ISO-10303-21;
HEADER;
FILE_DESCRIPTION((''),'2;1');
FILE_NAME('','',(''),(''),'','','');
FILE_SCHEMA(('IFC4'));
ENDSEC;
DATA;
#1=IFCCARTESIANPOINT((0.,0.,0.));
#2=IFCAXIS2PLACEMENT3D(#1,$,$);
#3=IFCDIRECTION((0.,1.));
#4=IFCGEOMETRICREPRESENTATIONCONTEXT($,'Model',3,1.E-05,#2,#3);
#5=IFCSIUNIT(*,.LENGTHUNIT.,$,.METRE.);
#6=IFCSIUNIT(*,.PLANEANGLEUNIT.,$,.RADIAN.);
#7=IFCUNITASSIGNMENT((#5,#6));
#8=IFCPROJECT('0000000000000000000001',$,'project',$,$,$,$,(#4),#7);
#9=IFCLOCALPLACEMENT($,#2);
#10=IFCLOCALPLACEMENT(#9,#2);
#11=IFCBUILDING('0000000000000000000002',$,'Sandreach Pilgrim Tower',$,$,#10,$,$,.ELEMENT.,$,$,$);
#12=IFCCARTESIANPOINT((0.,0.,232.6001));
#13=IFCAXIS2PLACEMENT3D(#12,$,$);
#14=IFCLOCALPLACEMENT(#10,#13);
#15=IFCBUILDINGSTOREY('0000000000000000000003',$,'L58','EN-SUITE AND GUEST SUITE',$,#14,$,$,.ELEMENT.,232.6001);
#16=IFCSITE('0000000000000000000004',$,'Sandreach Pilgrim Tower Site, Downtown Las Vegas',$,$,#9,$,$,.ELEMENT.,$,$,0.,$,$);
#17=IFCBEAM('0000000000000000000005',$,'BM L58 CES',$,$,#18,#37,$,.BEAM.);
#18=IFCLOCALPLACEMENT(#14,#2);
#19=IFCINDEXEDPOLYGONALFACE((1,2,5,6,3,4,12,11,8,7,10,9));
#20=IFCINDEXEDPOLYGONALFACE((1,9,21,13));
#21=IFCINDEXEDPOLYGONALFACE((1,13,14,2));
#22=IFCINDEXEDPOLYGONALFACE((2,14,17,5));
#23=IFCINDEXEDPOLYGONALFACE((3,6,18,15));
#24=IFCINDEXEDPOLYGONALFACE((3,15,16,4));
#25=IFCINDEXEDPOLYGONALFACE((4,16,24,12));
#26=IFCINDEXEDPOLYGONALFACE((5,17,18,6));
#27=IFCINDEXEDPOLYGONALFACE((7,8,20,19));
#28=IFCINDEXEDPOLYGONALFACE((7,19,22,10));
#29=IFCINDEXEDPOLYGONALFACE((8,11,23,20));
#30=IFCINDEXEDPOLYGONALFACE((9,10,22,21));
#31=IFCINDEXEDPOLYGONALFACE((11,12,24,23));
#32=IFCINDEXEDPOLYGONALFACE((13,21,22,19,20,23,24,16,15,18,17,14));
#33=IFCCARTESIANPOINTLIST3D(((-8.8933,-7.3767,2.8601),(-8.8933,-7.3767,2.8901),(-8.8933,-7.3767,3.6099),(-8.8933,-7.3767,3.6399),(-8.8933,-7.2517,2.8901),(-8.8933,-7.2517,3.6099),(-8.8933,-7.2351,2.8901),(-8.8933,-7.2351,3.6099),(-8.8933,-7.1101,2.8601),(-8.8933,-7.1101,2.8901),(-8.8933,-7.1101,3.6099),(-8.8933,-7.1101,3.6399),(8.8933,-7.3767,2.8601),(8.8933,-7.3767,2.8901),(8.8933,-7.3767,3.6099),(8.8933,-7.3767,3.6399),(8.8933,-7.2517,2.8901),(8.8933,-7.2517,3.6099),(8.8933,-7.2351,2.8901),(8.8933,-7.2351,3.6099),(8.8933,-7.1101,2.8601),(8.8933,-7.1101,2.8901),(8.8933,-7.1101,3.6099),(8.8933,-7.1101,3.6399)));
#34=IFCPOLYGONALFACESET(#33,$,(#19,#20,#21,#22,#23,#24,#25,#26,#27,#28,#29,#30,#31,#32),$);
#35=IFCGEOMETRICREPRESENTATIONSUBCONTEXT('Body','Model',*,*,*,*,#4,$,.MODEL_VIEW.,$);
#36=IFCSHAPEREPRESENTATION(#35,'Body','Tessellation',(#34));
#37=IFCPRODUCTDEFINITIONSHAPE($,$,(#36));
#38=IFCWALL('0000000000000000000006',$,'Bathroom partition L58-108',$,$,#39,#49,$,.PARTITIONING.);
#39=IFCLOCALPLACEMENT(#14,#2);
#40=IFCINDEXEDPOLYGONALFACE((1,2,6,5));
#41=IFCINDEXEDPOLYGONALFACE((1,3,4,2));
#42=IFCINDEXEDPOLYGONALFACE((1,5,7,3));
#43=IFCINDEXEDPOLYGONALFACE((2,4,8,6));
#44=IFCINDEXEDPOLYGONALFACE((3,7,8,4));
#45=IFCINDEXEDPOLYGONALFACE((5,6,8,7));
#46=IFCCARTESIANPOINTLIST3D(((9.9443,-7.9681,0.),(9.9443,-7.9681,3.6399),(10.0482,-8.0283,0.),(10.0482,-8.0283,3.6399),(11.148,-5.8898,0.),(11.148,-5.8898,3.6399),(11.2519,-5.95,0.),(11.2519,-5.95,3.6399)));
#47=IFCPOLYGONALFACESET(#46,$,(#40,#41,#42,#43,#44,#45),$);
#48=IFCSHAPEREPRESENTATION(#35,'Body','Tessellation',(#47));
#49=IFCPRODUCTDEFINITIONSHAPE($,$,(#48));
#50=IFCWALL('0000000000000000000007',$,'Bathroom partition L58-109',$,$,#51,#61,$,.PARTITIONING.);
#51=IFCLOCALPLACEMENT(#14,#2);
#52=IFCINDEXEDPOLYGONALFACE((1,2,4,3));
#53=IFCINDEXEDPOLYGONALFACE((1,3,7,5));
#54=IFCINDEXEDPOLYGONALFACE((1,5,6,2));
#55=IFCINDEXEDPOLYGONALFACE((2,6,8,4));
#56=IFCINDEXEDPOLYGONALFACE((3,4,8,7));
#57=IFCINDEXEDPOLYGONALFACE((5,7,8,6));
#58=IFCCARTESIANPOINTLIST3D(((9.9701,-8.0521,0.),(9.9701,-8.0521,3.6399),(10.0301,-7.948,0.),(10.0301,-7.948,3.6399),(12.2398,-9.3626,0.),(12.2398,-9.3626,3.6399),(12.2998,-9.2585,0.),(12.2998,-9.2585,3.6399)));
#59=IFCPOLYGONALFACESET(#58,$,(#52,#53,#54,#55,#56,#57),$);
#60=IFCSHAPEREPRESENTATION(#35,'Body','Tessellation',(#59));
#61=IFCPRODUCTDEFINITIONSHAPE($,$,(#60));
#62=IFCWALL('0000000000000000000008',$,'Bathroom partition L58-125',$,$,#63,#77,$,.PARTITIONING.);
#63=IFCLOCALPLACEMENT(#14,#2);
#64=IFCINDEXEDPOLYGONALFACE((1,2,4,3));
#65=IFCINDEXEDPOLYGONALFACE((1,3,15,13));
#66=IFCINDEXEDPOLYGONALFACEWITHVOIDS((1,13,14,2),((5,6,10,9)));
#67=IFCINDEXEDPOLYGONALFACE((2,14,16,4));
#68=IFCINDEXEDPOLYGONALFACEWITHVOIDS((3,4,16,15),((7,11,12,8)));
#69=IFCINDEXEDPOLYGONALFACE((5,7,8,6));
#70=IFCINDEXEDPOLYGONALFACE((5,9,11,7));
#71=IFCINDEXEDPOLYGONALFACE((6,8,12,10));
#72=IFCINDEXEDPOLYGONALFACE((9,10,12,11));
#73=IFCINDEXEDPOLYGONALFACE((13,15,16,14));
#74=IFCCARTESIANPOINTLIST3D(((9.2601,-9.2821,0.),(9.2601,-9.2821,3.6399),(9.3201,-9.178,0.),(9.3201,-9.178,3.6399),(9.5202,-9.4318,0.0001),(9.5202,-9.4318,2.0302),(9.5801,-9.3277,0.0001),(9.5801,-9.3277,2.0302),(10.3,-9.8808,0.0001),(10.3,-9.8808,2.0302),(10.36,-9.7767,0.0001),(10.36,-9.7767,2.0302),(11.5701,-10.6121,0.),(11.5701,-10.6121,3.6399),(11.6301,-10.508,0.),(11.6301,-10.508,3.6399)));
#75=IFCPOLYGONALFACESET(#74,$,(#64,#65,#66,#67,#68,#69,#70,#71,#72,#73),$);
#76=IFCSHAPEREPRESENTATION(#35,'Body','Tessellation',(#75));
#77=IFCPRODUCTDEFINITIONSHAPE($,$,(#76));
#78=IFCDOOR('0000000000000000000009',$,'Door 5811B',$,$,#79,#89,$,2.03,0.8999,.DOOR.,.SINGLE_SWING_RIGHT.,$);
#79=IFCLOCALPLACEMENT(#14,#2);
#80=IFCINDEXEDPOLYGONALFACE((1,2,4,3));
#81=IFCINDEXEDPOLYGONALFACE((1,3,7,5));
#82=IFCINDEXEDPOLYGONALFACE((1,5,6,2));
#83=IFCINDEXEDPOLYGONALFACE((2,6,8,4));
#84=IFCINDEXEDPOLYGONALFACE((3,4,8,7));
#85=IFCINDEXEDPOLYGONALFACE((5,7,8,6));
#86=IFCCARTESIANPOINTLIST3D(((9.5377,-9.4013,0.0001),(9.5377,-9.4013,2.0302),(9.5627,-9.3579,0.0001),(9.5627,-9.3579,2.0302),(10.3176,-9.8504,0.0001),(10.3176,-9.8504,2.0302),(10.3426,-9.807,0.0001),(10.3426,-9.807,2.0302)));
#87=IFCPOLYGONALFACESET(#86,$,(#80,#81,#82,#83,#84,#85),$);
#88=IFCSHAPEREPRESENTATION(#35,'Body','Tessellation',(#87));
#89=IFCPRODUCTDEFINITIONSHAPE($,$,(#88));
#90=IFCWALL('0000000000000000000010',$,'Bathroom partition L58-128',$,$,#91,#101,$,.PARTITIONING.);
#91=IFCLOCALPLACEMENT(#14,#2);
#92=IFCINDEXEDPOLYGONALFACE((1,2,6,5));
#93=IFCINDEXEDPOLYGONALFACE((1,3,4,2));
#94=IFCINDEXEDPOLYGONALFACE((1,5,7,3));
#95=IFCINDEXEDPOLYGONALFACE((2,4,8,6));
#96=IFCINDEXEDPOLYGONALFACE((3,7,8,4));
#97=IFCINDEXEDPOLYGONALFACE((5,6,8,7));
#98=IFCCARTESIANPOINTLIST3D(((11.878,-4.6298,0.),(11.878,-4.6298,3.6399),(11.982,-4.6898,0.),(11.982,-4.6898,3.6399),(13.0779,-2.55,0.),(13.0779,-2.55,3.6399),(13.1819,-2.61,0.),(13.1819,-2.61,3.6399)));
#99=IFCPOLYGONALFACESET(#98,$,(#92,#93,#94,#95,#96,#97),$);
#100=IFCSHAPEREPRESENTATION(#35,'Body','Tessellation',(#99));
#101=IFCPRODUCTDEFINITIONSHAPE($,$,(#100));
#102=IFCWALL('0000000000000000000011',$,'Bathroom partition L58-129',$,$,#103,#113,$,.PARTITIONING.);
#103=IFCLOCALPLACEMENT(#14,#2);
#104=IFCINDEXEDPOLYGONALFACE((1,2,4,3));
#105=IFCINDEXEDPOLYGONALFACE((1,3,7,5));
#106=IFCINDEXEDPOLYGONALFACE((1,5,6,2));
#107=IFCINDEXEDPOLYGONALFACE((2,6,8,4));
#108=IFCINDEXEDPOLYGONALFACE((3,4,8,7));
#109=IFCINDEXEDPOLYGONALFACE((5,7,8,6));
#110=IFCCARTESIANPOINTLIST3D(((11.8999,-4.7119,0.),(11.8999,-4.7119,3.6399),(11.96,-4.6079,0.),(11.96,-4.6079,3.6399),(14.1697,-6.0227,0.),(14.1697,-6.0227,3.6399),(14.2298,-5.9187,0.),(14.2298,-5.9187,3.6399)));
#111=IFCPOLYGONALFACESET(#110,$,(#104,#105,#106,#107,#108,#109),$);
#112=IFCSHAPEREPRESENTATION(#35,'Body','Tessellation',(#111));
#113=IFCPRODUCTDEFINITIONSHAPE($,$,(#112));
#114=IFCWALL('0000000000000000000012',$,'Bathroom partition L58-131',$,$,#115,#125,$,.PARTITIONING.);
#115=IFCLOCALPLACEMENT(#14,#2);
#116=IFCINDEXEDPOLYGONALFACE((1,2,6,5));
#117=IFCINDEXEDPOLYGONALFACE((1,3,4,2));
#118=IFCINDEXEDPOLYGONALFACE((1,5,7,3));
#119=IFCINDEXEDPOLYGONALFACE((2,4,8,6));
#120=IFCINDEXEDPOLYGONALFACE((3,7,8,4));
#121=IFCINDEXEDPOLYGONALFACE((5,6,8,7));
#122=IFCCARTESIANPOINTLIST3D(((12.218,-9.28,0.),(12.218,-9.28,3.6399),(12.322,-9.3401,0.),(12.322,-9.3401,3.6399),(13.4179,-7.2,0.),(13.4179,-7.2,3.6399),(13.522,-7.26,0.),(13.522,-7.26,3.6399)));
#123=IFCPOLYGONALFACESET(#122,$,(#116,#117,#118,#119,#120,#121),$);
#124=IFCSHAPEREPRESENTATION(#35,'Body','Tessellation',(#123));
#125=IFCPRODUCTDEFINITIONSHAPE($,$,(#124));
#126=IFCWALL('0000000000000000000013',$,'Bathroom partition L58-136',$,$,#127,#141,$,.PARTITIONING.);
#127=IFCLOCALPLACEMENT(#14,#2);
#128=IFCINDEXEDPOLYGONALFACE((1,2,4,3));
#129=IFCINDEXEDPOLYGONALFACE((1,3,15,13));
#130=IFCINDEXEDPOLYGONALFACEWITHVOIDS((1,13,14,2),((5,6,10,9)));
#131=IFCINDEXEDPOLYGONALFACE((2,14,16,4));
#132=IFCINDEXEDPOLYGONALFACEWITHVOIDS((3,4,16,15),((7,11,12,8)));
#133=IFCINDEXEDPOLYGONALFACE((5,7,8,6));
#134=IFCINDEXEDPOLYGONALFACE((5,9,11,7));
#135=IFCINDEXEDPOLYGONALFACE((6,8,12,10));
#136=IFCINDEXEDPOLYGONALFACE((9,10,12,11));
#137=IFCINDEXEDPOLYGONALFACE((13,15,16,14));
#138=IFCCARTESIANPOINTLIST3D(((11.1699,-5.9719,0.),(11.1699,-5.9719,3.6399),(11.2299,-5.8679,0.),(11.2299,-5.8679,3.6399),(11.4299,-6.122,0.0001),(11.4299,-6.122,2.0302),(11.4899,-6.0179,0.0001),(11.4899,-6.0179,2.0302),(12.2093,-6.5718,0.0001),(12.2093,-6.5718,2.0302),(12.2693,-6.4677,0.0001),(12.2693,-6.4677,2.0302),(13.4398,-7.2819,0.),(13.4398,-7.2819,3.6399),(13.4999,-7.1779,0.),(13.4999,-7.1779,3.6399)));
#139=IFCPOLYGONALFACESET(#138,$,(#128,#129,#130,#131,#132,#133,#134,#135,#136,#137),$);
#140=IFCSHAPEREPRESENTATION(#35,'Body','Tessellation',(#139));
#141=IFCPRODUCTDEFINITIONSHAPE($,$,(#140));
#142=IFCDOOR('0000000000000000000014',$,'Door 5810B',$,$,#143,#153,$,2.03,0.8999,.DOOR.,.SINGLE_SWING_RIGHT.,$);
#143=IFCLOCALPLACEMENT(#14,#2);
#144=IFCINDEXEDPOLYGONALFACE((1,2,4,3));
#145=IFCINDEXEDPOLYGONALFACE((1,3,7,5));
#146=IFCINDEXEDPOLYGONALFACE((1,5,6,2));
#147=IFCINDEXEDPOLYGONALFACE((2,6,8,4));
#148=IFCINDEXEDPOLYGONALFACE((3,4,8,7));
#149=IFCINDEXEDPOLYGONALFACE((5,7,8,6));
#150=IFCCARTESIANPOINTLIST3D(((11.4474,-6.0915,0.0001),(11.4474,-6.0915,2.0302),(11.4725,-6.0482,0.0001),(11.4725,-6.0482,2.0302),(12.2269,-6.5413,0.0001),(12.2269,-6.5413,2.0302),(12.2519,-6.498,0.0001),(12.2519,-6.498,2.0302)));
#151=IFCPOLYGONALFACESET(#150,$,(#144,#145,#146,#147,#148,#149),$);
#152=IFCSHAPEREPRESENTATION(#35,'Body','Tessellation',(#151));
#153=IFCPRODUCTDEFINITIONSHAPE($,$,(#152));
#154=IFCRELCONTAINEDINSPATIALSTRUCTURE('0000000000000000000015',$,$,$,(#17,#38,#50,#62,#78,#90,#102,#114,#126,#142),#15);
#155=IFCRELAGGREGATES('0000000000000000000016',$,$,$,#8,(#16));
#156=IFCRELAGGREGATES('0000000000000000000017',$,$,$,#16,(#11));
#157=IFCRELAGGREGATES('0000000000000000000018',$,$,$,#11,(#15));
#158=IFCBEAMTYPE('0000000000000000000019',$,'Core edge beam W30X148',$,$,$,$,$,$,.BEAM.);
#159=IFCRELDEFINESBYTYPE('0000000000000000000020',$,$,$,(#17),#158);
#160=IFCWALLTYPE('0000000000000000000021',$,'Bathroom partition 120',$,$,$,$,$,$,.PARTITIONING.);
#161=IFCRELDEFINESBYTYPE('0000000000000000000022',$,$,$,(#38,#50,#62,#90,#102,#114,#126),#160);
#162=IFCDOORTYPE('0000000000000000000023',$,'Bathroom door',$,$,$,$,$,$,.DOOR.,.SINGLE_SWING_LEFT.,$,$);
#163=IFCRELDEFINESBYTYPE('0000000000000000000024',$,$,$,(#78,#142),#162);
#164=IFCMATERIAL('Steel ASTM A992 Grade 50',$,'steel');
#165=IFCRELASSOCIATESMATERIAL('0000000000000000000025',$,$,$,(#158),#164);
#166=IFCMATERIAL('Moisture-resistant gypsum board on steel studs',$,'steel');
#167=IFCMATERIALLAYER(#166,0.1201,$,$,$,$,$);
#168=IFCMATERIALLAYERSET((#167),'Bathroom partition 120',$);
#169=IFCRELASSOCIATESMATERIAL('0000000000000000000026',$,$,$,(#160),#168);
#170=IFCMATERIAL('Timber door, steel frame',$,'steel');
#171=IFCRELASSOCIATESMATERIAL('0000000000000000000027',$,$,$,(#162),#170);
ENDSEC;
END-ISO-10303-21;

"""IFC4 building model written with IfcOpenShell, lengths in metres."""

from ifc_helpers import new_model, si_unit, direction, frame, frame_2d, origin, origin_2d, place, context, subcontext, project, spatial, rectangle, i_section, extrude, material, layer, layer_set, material_profile, profile_set, type_object, element, fill, save


model = new_model("IFC4")

# Units and contexts
model_context = context("Model", 3, precision=1e-05, world=origin(), true_north=direction((0.0, 1.0)))
body_context = subcontext(model_context, "Body", "Model", "MODEL_VIEW")
ifc_project = project(units=[si_unit("LENGTHUNIT", "METRE"), si_unit("PLANEANGLEUNIT", "RADIAN")], contexts=[model_context])

# Site, building, storey
site_placement = place(None, origin())
site = spatial("IfcSite", under=ifc_project, at=site_placement, Name="Sandreach Pilgrim Tower Site, Downtown Las Vegas", CompositionType="ELEMENT", RefElevation=0.0)
building_placement = place(site_placement, origin())
building = spatial("IfcBuilding", under=site, at=building_placement, Name="Sandreach Pilgrim Tower", CompositionType="ELEMENT")
storey_placement = place(building_placement, frame((0.0, 0.0, 232.6001)))
storey = spatial("IfcBuildingStorey", under=building, at=storey_placement, Name="L58", Description="EN-SUITE AND GUEST SUITE", CompositionType="ELEMENT", Elevation=232.6001)

# Beam
ifc_material_1 = material(Name="Steel ASTM A992 Grade 50", Category="steel")
ifc_material_profile = material_profile(ifc_material_1, i_section(OverallWidth=0.2666, OverallDepth=0.7798, WebThickness=0.0166, FlangeThickness=0.03, at=origin_2d()), Name="W30X148")
ifc_profile_set = profile_set([ifc_material_profile], Name="Steel ASTM A992 Grade 50")
beam_type = type_object("IfcBeamType", Name="Core edge beam W30X148", PredefinedType="BEAM", material=ifc_profile_set)
beam_placement = place(storey_placement, frame((8.8933, -7.2434, 3.25), z_axis=(-1.0, 0.0, 0.0), x_axis=(0.0, -1.0, 0.0)))
element("IfcBeam", 1, at=beam_placement, inside=storey, type_object=beam_type, Name="BM L58 CES", PredefinedType="BEAM", context=body_context, shape_type="SweptSolid", body=[
    extrude(i_section(OverallWidth=0.2666, OverallDepth=0.7798, WebThickness=0.0166, FlangeThickness=0.03, at=origin_2d()), origin(), (0.0, 0.0, 1.0), 17.7866),
])

# Walls
ifc_material_2 = material(Name="Moisture-resistant gypsum board on steel studs", Category="steel")
ifc_layer_1 = layer(ifc_material_2, 0.1201)
ifc_layer_set_1 = layer_set([ifc_layer_1], Name="Bathroom partition 120")
wall_type_1 = type_object("IfcWallType", Name="Bathroom partition 120", PredefinedType="PARTITIONING", material=ifc_layer_set_1)
wall_1_placement = place(storey_placement, frame((9.9963, -7.998, 0.0), z_axis=(0.0, 0.0, 1.0), x_axis=(0.501189, 0.865338, 0.0)))
element("IfcWall", 2, at=wall_1_placement, inside=storey, type_object=wall_type_1, Name="Bathroom partition L58-108", PredefinedType="PARTITIONING", context=body_context, shape_type="SweptSolid", body=[
    extrude(rectangle(XDim=2.4016, YDim=0.1201, at=frame_2d((1.2007, 0.0))), origin(), (0.0, 0.0, 1.0), 3.6399),
])
wall_2_placement = place(storey_placement, frame((10.0, -8.0, 0.0), z_axis=(0.0, 0.0, 1.0), x_axis=(0.86601, -0.500026, 0.0)))
element("IfcWall", 3, at=wall_2_placement, inside=storey, type_object=wall_type_1, Name="Bathroom partition L58-109", PredefinedType="PARTITIONING", context=body_context, shape_type="SweptSolid", body=[
    extrude(rectangle(XDim=2.6208, YDim=0.1201, at=frame_2d((1.3105, 0.0))), origin(), (0.0, 0.0, 1.0), 3.6399),
])

# Wall, opening, door
wall_3_placement = place(storey_placement, frame((11.6001, -10.5601, 0.0), z_axis=(0.0, 0.0, 1.0), x_axis=(-0.866615, 0.498977, 0.0)))
wall_3 = element("IfcWall", 4, at=wall_3_placement, inside=storey, type_object=wall_type_1, Name="Bathroom partition L58-125", PredefinedType="PARTITIONING", context=body_context, shape_type="SweptSolid", body=[
    extrude(rectangle(XDim=2.6655, YDim=0.1201, at=frame_2d((1.3328, 0.0))), origin(), (0.0, 0.0, 1.0), 3.6399),
])
opening_1_placement = place(wall_3_placement, frame((1.4656, 0.0, 0.0)))
opening_1 = element("IfcOpeningElement", 5, at=opening_1_placement, cuts=wall_3, PredefinedType="OPENING", context=body_context, shape_type="SweptSolid", body=[
    extrude(rectangle(XDim=0.8999, YDim=2.03, at=frame_2d((0.45, 1.0151))), frame((0.0, 0.0601, 0.0), z_axis=(0.0, -1.0, 0.0), x_axis=(1.0, 0.0, 0.0)), (0.0, 0.0, 1.0), 0.1201),
])
ifc_material_3 = material(Name="Timber door, steel frame", Category="steel")
door_type_1 = type_object("IfcDoorType", Name="Bathroom door", OperationType="SINGLE_SWING_LEFT", PredefinedType="DOOR", material=ifc_material_3)
door_1_placement = place(opening_1_placement, origin())
door_1 = element("IfcDoor", 6, at=door_1_placement, inside=storey, type_object=door_type_1, Name="Door 5811B", OperationType="SINGLE_SWING_RIGHT", OverallHeight=2.03, OverallWidth=0.8999, PredefinedType="DOOR", context=body_context, shape_type="SweptSolid", body=[
    extrude(rectangle(XDim=0.8999, YDim=2.03, at=frame_2d((0.45, 1.0151))), frame((0.0, 0.0249, 0.0), z_axis=(0.0, -1.0, 0.0), x_axis=(1.0, 0.0, 0.0)), (0.0, 0.0, 1.0), 0.05),
])
fill(opening_1, door_1)

# Walls
wall_4_placement = place(storey_placement, frame((11.9299, -4.6599, 0.0), z_axis=(0.0, 0.0, 1.0), x_axis=(0.499737, 0.866177, 0.0)))
element("IfcWall", 7, at=wall_4_placement, inside=storey, type_object=wall_type_1, Name="Bathroom partition L58-128", PredefinedType="PARTITIONING", context=body_context, shape_type="SweptSolid", body=[
    extrude(rectangle(XDim=2.4011, YDim=0.1201, at=frame_2d((1.2007, 0.0))), origin(), (0.0, 0.0, 1.0), 3.6399),
])
wall_5_placement = place(storey_placement, frame((11.9299, -4.6599, 0.0), z_axis=(0.0, 0.0, 1.0), x_axis=(0.86597, -0.500096, 0.0)))
element("IfcWall", 8, at=wall_5_placement, inside=storey, type_object=wall_type_1, Name="Bathroom partition L58-129", PredefinedType="PARTITIONING", context=body_context, shape_type="SweptSolid", body=[
    extrude(rectangle(XDim=2.6211, YDim=0.1201, at=frame_2d((1.3105, 0.0))), origin(), (0.0, 0.0, 1.0), 3.6399),
])
wall_6_placement = place(storey_placement, frame((12.27, -9.3101, 0.0), z_axis=(0.0, 0.0, 1.0), x_axis=(0.499693, 0.866203, 0.0)))
element("IfcWall", 9, at=wall_6_placement, inside=storey, type_object=wall_type_1, Name="Bathroom partition L58-131", PredefinedType="PARTITIONING", context=body_context, shape_type="SweptSolid", body=[
    extrude(rectangle(XDim=2.4014, YDim=0.1201, at=frame_2d((1.2007, 0.0))), origin(), (0.0, 0.0, 1.0), 3.6399),
])

# Wall, opening, door
wall_7_placement = place(storey_placement, frame((13.47, -7.23, 0.0), z_axis=(0.0, 0.0, 1.0), x_axis=(-0.866114, 0.499846, 0.0)))
wall_7 = element("IfcWall", 10, at=wall_7_placement, inside=storey, type_object=wall_type_1, Name="Bathroom partition L58-136", PredefinedType="PARTITIONING", context=body_context, shape_type="SweptSolid", body=[
    extrude(rectangle(XDim=2.6208, YDim=0.1201, at=frame_2d((1.3105, 0.0))), origin(), (0.0, 0.0, 1.0), 3.6399),
])
opening_2_placement = place(wall_7_placement, frame((1.4209, 0.0, 0.0)))
opening_2 = element("IfcOpeningElement", 11, at=opening_2_placement, cuts=wall_7, PredefinedType="OPENING", context=body_context, shape_type="SweptSolid", body=[
    extrude(rectangle(XDim=0.8999, YDim=2.03, at=frame_2d((0.45, 1.0151))), frame((0.0, 0.0601, 0.0), z_axis=(0.0, -1.0, 0.0), x_axis=(1.0, 0.0, 0.0)), (0.0, 0.0, 1.0), 0.1201),
])
door_2_placement = place(opening_2_placement, origin())
door_2 = element("IfcDoor", 12, at=door_2_placement, inside=storey, type_object=door_type_1, Name="Door 5810B", OperationType="SINGLE_SWING_RIGHT", OverallHeight=2.03, OverallWidth=0.8999, PredefinedType="DOOR", context=body_context, shape_type="SweptSolid", body=[
    extrude(rectangle(XDim=0.8999, YDim=2.03, at=frame_2d((0.45, 1.0151))), frame((0.0, 0.0249, 0.0), z_axis=(0.0, -1.0, 0.0), x_axis=(1.0, 0.0, 0.0)), (0.0, 0.0, 1.0), 0.05),
])
fill(opening_2, door_2)

save(model, "model.ifc")
